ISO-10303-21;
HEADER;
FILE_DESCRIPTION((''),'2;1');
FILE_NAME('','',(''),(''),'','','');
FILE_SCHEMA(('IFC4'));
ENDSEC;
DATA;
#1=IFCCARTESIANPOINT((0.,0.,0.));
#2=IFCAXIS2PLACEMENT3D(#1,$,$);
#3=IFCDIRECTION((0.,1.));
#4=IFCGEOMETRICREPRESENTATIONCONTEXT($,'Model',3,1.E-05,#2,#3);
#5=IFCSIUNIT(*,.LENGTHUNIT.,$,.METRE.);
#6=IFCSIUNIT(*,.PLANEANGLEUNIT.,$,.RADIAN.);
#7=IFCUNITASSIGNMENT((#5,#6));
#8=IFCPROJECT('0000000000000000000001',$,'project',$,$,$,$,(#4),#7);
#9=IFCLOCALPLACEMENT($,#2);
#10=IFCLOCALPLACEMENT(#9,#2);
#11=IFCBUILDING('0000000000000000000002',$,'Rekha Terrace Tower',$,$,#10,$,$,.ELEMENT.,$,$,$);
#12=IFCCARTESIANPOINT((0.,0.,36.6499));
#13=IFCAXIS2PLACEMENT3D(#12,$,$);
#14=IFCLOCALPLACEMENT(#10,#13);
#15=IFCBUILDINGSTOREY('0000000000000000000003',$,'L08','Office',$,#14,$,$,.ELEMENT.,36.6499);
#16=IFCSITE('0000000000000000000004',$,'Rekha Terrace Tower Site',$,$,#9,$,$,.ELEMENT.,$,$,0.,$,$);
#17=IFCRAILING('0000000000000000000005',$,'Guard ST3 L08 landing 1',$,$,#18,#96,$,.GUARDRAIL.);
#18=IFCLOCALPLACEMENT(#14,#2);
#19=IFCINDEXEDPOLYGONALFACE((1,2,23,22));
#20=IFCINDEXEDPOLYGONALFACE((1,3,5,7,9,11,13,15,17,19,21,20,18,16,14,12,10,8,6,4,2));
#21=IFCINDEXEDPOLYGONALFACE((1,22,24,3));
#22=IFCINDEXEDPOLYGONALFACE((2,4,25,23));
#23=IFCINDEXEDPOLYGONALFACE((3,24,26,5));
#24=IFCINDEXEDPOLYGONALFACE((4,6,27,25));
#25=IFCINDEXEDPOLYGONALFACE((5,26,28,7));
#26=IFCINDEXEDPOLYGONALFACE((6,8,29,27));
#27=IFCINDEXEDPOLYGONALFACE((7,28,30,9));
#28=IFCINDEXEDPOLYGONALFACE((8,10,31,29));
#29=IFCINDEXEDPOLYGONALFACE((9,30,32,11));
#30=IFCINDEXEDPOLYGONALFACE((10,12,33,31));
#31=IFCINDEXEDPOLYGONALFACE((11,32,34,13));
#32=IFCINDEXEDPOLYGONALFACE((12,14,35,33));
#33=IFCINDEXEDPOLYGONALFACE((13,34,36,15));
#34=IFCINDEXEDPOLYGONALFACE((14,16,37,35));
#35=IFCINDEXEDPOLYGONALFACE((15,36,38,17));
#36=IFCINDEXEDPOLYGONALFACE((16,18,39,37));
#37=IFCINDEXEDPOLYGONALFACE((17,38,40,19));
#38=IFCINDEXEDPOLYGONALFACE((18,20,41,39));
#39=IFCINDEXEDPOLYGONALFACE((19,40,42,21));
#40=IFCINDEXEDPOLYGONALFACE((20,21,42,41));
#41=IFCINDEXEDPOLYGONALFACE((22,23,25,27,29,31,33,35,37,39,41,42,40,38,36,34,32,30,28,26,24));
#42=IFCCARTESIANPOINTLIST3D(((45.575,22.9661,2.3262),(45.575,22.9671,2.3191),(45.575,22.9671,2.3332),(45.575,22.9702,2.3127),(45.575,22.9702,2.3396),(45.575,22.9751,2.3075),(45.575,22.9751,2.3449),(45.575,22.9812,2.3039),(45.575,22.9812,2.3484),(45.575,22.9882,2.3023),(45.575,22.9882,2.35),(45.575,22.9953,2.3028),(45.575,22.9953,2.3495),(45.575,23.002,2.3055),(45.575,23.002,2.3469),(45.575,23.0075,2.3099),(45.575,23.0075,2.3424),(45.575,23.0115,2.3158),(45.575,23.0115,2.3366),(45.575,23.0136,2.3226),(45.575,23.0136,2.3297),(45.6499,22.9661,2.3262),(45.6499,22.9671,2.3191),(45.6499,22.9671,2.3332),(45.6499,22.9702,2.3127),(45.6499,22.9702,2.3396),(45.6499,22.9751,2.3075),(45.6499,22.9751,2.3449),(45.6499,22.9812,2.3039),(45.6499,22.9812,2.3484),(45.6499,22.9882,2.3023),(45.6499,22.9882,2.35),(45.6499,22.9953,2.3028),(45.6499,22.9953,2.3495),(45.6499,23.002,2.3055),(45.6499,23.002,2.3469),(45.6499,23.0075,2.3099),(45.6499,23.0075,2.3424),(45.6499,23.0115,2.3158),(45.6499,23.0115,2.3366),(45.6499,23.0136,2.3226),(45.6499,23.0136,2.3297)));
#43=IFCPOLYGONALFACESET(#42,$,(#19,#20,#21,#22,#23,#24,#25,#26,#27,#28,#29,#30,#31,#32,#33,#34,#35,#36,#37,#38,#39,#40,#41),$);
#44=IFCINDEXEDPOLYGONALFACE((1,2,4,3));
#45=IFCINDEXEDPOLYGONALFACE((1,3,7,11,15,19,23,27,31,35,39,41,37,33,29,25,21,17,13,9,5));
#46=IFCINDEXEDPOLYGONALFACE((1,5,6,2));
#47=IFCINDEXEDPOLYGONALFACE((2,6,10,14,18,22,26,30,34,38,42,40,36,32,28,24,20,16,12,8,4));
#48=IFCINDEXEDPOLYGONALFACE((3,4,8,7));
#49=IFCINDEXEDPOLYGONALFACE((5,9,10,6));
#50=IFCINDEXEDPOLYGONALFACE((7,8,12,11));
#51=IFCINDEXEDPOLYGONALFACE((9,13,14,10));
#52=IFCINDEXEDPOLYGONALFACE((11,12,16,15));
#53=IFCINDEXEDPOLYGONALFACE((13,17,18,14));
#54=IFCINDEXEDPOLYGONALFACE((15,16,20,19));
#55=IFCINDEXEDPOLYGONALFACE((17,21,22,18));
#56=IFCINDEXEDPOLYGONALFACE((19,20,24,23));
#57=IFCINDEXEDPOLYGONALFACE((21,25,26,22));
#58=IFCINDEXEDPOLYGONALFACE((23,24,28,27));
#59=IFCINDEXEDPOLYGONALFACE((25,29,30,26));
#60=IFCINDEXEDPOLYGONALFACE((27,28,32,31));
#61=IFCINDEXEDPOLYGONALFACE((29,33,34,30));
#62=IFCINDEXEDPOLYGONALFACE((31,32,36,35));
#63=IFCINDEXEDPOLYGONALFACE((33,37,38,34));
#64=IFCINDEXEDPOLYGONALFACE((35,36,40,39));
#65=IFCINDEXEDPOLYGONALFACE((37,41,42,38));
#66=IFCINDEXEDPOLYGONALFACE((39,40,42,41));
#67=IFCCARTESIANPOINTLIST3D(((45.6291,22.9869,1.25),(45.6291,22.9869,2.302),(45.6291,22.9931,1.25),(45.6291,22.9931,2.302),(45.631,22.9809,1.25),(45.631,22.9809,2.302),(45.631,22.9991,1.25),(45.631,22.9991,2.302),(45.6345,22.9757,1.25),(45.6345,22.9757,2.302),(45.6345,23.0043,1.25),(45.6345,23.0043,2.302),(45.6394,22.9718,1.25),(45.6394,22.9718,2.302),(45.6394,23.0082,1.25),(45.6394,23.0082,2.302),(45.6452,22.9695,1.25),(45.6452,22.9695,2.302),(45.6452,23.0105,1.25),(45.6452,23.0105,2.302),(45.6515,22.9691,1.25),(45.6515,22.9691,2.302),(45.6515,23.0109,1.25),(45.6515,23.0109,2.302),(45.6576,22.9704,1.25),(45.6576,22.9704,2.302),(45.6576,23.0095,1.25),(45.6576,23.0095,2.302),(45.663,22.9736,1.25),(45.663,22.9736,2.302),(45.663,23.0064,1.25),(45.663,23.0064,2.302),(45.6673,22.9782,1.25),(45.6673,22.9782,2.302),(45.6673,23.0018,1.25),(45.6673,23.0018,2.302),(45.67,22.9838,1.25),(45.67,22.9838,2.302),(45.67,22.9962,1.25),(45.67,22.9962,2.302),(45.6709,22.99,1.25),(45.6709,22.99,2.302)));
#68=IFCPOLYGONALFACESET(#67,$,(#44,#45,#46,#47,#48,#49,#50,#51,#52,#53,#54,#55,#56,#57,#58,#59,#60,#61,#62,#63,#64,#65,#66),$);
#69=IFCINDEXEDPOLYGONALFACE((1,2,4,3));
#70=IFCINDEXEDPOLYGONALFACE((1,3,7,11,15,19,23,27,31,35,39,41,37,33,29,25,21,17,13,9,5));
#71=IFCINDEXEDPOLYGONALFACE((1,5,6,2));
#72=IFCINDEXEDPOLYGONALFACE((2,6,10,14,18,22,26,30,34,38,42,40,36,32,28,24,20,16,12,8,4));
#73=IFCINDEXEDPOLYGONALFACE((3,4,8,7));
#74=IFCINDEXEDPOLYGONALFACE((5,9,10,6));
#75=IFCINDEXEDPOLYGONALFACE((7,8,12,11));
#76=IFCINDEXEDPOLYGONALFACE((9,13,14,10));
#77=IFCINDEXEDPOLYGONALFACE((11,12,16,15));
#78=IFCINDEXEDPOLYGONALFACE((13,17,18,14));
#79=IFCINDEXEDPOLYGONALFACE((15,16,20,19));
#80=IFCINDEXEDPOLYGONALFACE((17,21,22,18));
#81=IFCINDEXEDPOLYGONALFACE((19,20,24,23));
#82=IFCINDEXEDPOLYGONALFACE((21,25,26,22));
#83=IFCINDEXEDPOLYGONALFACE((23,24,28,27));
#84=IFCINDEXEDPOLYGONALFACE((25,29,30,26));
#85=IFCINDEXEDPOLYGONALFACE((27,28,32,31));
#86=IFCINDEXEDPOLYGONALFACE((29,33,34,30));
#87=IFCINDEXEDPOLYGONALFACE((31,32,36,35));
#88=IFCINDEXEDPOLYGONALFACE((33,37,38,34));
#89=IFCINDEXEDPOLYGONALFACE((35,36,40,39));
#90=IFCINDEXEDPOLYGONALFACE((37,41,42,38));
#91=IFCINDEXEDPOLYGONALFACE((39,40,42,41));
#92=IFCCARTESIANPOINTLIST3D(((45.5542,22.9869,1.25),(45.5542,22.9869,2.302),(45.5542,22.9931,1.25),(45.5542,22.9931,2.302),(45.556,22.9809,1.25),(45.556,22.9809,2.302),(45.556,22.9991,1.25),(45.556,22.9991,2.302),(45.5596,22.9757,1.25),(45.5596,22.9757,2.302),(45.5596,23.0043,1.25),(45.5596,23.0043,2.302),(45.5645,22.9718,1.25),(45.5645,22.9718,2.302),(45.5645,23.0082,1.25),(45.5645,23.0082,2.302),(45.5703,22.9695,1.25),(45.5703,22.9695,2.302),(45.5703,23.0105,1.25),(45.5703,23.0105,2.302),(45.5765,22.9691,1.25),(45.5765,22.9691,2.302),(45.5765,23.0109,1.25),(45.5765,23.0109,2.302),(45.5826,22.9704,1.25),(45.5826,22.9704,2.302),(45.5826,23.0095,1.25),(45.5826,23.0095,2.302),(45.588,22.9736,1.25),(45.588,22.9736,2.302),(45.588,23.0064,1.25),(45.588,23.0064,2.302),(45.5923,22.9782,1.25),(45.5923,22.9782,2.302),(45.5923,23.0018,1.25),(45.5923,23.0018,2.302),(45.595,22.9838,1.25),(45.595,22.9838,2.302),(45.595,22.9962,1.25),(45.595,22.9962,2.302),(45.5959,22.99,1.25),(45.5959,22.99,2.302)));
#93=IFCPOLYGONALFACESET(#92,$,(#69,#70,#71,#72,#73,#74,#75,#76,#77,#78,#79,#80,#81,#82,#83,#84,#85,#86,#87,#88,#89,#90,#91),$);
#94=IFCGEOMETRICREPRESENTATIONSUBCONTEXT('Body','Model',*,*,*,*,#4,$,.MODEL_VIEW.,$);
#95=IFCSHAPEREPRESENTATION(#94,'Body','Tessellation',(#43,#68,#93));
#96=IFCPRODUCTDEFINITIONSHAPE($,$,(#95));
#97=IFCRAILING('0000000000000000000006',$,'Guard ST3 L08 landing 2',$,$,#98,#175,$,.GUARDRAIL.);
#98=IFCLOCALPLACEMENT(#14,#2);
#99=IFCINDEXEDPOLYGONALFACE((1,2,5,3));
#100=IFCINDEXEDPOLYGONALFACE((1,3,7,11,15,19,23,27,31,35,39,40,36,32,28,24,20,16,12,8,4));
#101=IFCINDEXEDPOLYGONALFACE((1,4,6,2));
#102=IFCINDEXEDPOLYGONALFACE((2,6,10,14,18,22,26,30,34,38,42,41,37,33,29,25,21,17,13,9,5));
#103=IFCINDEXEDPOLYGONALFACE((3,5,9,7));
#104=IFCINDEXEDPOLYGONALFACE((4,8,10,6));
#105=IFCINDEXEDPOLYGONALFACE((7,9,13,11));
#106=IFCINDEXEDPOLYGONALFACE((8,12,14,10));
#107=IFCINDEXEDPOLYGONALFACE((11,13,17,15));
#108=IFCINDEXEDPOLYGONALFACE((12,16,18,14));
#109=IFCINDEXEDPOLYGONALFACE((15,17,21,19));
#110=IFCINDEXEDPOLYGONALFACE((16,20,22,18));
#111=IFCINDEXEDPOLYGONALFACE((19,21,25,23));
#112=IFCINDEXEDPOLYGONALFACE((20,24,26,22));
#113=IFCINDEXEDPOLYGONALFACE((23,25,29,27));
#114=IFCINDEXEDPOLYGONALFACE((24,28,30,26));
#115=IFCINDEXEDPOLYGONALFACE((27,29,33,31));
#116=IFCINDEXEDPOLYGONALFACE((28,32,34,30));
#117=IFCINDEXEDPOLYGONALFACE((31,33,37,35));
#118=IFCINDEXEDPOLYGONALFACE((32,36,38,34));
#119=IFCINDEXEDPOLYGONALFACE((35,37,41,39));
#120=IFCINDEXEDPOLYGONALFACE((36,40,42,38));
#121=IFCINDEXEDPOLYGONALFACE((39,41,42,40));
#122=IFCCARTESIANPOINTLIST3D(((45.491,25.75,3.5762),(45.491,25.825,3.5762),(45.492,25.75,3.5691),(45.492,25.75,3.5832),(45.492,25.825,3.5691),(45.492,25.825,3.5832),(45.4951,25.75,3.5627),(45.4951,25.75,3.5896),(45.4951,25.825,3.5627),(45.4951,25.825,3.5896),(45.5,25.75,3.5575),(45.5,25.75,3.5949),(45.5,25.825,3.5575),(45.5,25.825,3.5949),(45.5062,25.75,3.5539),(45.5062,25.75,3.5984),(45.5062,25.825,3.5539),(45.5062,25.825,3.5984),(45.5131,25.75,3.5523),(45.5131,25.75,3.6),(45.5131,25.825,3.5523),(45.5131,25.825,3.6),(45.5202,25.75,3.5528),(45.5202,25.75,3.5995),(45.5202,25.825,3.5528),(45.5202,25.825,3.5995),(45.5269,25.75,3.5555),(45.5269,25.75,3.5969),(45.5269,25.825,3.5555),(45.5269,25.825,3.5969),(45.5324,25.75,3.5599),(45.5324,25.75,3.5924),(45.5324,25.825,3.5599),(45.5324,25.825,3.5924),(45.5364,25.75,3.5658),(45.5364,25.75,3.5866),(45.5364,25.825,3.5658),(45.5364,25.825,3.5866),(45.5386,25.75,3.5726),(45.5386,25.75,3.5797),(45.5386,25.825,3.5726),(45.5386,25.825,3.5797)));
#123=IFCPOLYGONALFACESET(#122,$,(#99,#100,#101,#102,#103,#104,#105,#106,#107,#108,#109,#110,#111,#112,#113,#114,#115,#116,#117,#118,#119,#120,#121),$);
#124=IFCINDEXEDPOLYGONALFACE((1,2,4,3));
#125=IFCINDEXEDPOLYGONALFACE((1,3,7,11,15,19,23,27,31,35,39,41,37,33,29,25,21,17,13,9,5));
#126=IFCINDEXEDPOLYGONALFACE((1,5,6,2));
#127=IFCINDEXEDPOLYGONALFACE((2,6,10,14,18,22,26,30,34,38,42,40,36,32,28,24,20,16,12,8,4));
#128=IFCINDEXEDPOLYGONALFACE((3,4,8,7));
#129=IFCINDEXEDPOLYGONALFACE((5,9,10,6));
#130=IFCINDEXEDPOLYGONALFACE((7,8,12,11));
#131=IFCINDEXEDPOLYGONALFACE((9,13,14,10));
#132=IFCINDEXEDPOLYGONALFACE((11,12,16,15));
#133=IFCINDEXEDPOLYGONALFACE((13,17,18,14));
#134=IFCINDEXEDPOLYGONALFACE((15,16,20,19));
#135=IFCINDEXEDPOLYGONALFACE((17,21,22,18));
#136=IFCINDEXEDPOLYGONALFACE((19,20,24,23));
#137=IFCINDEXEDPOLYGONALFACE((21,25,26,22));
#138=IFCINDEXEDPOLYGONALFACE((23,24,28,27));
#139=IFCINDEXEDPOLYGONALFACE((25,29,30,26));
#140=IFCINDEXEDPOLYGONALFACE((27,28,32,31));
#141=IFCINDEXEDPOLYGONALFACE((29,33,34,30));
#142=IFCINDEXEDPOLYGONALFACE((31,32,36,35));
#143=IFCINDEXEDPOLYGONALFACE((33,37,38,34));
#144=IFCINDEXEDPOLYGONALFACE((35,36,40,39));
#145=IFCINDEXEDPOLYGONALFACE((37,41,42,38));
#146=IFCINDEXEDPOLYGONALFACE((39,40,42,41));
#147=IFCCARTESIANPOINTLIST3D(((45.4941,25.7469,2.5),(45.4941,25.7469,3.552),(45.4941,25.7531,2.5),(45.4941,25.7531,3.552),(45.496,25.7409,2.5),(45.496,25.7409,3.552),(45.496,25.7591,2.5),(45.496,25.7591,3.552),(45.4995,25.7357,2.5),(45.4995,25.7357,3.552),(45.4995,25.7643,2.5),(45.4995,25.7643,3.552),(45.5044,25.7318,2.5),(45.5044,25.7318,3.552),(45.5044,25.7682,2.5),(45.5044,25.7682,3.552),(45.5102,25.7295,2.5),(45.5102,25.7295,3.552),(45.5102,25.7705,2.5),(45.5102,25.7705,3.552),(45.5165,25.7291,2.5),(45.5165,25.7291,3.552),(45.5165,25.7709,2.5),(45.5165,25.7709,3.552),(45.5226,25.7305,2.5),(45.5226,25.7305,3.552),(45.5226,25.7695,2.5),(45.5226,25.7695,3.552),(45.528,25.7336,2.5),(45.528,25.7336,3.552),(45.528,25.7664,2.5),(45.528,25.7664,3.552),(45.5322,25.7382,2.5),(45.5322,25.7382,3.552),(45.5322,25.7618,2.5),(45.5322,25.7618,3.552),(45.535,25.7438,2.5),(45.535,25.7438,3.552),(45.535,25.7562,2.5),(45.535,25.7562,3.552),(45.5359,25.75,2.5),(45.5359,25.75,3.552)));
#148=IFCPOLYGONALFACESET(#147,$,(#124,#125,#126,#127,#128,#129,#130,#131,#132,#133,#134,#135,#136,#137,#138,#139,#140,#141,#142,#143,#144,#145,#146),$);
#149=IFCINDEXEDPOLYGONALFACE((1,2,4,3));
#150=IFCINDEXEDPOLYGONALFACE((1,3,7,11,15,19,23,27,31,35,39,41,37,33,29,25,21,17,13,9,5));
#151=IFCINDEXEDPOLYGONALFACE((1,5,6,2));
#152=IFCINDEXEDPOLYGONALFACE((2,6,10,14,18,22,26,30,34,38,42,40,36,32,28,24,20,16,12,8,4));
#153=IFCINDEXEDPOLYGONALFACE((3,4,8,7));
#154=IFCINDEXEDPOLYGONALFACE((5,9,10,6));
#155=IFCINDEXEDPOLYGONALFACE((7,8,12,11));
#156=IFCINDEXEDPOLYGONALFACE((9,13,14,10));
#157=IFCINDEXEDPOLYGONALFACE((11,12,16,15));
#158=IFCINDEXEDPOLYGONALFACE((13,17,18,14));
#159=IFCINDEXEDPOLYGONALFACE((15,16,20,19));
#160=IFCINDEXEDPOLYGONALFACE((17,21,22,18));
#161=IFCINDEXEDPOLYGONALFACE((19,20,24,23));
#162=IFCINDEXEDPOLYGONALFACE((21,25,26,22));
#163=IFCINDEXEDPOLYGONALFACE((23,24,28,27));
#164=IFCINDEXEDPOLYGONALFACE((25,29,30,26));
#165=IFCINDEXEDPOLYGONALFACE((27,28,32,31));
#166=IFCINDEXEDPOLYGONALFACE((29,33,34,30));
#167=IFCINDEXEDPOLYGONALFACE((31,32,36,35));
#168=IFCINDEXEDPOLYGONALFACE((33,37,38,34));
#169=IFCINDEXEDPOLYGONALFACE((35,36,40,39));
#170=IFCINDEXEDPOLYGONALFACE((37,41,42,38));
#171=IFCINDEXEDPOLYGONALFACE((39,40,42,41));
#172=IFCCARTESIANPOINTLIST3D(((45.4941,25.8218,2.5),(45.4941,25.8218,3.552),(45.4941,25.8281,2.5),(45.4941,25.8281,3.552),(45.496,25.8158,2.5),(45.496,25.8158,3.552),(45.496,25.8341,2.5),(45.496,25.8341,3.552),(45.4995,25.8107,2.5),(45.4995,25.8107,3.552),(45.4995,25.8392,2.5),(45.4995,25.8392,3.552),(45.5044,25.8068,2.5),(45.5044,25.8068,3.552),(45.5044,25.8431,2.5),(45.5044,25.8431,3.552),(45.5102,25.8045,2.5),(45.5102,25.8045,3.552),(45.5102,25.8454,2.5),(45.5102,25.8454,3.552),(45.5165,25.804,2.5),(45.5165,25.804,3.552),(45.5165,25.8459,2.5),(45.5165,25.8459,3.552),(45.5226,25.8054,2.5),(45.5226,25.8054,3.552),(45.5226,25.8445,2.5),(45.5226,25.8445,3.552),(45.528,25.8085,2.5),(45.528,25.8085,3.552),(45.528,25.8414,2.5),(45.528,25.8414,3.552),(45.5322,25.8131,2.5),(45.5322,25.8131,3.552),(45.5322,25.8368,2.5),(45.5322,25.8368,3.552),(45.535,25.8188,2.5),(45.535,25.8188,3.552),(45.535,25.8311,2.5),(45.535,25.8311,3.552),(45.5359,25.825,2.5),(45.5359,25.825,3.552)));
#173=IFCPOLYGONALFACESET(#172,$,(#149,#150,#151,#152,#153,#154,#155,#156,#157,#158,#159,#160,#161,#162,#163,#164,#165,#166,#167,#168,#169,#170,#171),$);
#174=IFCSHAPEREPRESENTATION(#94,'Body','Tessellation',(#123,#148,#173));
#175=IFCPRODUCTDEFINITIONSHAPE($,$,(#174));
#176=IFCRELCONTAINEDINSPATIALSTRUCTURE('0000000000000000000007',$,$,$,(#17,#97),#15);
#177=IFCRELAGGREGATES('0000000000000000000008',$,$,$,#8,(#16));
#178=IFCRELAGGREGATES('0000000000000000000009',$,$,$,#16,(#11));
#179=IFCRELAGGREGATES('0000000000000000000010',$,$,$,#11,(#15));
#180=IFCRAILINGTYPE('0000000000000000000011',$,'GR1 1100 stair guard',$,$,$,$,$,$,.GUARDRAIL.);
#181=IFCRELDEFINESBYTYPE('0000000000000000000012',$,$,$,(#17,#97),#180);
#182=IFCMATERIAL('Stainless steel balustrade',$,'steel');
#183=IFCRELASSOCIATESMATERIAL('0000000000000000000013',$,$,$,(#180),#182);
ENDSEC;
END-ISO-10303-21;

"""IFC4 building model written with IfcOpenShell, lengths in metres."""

from ifc_helpers import new_model, si_unit, direction, frame, origin, origin_2d, place, context, subcontext, project, spatial, circle, extrude, material, type_object, element, save


model = new_model("IFC4")

# Units and contexts
model_context = context("Model", 3, precision=1e-05, world=origin(), true_north=direction((0.0, 1.0)))
body_context = subcontext(model_context, "Body", "Model", "MODEL_VIEW")
ifc_project = project(units=[si_unit("LENGTHUNIT", "METRE"), si_unit("PLANEANGLEUNIT", "RADIAN")], contexts=[model_context])

# Site, building, storey
site_placement = place(None, origin())
site = spatial("IfcSite", under=ifc_project, at=site_placement, Name="Rekha Terrace Tower Site", CompositionType="ELEMENT", RefElevation=0.0)
building_placement = place(site_placement, origin())
building = spatial("IfcBuilding", under=site, at=building_placement, Name="Rekha Terrace Tower", CompositionType="ELEMENT")
storey_placement = place(building_placement, frame((0.0, 0.0, 36.6499)))
storey = spatial("IfcBuildingStorey", under=building, at=storey_placement, Name="L08", Description="Office", CompositionType="ELEMENT", Elevation=36.6499)

# Railings
ifc_material_1 = material(Name="Stainless steel balustrade", Category="steel")
railing_type_1 = type_object("IfcRailingType", Name="GR1 1100 stair guard", PredefinedType="GUARDRAIL", material=ifc_material_1)
railing_1_placement = place(storey_placement, frame((45.6499, 22.99, 1.25)))
element("IfcRailing", 1, at=railing_1_placement, inside=storey, type_object=railing_type_1, Name="Guard ST3 L08 landing 1", PredefinedType="GUARDRAIL", context=body_context, shape_type="SweptSolid", body=[
    extrude(circle(Radius=0.0239, at=origin_2d()), frame((0.0, 0.0, 1.0762), z_axis=(-1.0, 0.0, 0.0), x_axis=(0.0, -1.0, 0.0)), (0.0, 0.0, 1.0), 0.075),
    extrude(circle(Radius=0.021, at=origin_2d()), origin(), (0.0, 0.0, 1.0), 1.052),
    extrude(circle(Radius=0.021, at=origin_2d()), frame((-0.075, 0.0, 0.0)), (0.0, 0.0, 1.0), 1.052),
])
railing_2_placement = place(storey_placement, frame((45.5149, 25.75, 2.5)))
element("IfcRailing", 2, at=railing_2_placement, inside=storey, type_object=railing_type_1, Name="Guard ST3 L08 landing 2", PredefinedType="GUARDRAIL", context=body_context, shape_type="SweptSolid", body=[
    extrude(circle(Radius=0.0239, at=origin_2d()), frame((0.0, 0.0, 1.0762), z_axis=(0.0, 1.0, 0.0), x_axis=(-1.0, 0.0, 0.0)), (0.0, 0.0, 1.0), 0.075),
    extrude(circle(Radius=0.021, at=origin_2d()), origin(), (0.0, 0.0, 1.0), 1.052),
    extrude(circle(Radius=0.021, at=origin_2d()), frame((0.0, 0.075, 0.0)), (0.0, 0.0, 1.0), 1.052),
])

save(model, "model.ifc")
